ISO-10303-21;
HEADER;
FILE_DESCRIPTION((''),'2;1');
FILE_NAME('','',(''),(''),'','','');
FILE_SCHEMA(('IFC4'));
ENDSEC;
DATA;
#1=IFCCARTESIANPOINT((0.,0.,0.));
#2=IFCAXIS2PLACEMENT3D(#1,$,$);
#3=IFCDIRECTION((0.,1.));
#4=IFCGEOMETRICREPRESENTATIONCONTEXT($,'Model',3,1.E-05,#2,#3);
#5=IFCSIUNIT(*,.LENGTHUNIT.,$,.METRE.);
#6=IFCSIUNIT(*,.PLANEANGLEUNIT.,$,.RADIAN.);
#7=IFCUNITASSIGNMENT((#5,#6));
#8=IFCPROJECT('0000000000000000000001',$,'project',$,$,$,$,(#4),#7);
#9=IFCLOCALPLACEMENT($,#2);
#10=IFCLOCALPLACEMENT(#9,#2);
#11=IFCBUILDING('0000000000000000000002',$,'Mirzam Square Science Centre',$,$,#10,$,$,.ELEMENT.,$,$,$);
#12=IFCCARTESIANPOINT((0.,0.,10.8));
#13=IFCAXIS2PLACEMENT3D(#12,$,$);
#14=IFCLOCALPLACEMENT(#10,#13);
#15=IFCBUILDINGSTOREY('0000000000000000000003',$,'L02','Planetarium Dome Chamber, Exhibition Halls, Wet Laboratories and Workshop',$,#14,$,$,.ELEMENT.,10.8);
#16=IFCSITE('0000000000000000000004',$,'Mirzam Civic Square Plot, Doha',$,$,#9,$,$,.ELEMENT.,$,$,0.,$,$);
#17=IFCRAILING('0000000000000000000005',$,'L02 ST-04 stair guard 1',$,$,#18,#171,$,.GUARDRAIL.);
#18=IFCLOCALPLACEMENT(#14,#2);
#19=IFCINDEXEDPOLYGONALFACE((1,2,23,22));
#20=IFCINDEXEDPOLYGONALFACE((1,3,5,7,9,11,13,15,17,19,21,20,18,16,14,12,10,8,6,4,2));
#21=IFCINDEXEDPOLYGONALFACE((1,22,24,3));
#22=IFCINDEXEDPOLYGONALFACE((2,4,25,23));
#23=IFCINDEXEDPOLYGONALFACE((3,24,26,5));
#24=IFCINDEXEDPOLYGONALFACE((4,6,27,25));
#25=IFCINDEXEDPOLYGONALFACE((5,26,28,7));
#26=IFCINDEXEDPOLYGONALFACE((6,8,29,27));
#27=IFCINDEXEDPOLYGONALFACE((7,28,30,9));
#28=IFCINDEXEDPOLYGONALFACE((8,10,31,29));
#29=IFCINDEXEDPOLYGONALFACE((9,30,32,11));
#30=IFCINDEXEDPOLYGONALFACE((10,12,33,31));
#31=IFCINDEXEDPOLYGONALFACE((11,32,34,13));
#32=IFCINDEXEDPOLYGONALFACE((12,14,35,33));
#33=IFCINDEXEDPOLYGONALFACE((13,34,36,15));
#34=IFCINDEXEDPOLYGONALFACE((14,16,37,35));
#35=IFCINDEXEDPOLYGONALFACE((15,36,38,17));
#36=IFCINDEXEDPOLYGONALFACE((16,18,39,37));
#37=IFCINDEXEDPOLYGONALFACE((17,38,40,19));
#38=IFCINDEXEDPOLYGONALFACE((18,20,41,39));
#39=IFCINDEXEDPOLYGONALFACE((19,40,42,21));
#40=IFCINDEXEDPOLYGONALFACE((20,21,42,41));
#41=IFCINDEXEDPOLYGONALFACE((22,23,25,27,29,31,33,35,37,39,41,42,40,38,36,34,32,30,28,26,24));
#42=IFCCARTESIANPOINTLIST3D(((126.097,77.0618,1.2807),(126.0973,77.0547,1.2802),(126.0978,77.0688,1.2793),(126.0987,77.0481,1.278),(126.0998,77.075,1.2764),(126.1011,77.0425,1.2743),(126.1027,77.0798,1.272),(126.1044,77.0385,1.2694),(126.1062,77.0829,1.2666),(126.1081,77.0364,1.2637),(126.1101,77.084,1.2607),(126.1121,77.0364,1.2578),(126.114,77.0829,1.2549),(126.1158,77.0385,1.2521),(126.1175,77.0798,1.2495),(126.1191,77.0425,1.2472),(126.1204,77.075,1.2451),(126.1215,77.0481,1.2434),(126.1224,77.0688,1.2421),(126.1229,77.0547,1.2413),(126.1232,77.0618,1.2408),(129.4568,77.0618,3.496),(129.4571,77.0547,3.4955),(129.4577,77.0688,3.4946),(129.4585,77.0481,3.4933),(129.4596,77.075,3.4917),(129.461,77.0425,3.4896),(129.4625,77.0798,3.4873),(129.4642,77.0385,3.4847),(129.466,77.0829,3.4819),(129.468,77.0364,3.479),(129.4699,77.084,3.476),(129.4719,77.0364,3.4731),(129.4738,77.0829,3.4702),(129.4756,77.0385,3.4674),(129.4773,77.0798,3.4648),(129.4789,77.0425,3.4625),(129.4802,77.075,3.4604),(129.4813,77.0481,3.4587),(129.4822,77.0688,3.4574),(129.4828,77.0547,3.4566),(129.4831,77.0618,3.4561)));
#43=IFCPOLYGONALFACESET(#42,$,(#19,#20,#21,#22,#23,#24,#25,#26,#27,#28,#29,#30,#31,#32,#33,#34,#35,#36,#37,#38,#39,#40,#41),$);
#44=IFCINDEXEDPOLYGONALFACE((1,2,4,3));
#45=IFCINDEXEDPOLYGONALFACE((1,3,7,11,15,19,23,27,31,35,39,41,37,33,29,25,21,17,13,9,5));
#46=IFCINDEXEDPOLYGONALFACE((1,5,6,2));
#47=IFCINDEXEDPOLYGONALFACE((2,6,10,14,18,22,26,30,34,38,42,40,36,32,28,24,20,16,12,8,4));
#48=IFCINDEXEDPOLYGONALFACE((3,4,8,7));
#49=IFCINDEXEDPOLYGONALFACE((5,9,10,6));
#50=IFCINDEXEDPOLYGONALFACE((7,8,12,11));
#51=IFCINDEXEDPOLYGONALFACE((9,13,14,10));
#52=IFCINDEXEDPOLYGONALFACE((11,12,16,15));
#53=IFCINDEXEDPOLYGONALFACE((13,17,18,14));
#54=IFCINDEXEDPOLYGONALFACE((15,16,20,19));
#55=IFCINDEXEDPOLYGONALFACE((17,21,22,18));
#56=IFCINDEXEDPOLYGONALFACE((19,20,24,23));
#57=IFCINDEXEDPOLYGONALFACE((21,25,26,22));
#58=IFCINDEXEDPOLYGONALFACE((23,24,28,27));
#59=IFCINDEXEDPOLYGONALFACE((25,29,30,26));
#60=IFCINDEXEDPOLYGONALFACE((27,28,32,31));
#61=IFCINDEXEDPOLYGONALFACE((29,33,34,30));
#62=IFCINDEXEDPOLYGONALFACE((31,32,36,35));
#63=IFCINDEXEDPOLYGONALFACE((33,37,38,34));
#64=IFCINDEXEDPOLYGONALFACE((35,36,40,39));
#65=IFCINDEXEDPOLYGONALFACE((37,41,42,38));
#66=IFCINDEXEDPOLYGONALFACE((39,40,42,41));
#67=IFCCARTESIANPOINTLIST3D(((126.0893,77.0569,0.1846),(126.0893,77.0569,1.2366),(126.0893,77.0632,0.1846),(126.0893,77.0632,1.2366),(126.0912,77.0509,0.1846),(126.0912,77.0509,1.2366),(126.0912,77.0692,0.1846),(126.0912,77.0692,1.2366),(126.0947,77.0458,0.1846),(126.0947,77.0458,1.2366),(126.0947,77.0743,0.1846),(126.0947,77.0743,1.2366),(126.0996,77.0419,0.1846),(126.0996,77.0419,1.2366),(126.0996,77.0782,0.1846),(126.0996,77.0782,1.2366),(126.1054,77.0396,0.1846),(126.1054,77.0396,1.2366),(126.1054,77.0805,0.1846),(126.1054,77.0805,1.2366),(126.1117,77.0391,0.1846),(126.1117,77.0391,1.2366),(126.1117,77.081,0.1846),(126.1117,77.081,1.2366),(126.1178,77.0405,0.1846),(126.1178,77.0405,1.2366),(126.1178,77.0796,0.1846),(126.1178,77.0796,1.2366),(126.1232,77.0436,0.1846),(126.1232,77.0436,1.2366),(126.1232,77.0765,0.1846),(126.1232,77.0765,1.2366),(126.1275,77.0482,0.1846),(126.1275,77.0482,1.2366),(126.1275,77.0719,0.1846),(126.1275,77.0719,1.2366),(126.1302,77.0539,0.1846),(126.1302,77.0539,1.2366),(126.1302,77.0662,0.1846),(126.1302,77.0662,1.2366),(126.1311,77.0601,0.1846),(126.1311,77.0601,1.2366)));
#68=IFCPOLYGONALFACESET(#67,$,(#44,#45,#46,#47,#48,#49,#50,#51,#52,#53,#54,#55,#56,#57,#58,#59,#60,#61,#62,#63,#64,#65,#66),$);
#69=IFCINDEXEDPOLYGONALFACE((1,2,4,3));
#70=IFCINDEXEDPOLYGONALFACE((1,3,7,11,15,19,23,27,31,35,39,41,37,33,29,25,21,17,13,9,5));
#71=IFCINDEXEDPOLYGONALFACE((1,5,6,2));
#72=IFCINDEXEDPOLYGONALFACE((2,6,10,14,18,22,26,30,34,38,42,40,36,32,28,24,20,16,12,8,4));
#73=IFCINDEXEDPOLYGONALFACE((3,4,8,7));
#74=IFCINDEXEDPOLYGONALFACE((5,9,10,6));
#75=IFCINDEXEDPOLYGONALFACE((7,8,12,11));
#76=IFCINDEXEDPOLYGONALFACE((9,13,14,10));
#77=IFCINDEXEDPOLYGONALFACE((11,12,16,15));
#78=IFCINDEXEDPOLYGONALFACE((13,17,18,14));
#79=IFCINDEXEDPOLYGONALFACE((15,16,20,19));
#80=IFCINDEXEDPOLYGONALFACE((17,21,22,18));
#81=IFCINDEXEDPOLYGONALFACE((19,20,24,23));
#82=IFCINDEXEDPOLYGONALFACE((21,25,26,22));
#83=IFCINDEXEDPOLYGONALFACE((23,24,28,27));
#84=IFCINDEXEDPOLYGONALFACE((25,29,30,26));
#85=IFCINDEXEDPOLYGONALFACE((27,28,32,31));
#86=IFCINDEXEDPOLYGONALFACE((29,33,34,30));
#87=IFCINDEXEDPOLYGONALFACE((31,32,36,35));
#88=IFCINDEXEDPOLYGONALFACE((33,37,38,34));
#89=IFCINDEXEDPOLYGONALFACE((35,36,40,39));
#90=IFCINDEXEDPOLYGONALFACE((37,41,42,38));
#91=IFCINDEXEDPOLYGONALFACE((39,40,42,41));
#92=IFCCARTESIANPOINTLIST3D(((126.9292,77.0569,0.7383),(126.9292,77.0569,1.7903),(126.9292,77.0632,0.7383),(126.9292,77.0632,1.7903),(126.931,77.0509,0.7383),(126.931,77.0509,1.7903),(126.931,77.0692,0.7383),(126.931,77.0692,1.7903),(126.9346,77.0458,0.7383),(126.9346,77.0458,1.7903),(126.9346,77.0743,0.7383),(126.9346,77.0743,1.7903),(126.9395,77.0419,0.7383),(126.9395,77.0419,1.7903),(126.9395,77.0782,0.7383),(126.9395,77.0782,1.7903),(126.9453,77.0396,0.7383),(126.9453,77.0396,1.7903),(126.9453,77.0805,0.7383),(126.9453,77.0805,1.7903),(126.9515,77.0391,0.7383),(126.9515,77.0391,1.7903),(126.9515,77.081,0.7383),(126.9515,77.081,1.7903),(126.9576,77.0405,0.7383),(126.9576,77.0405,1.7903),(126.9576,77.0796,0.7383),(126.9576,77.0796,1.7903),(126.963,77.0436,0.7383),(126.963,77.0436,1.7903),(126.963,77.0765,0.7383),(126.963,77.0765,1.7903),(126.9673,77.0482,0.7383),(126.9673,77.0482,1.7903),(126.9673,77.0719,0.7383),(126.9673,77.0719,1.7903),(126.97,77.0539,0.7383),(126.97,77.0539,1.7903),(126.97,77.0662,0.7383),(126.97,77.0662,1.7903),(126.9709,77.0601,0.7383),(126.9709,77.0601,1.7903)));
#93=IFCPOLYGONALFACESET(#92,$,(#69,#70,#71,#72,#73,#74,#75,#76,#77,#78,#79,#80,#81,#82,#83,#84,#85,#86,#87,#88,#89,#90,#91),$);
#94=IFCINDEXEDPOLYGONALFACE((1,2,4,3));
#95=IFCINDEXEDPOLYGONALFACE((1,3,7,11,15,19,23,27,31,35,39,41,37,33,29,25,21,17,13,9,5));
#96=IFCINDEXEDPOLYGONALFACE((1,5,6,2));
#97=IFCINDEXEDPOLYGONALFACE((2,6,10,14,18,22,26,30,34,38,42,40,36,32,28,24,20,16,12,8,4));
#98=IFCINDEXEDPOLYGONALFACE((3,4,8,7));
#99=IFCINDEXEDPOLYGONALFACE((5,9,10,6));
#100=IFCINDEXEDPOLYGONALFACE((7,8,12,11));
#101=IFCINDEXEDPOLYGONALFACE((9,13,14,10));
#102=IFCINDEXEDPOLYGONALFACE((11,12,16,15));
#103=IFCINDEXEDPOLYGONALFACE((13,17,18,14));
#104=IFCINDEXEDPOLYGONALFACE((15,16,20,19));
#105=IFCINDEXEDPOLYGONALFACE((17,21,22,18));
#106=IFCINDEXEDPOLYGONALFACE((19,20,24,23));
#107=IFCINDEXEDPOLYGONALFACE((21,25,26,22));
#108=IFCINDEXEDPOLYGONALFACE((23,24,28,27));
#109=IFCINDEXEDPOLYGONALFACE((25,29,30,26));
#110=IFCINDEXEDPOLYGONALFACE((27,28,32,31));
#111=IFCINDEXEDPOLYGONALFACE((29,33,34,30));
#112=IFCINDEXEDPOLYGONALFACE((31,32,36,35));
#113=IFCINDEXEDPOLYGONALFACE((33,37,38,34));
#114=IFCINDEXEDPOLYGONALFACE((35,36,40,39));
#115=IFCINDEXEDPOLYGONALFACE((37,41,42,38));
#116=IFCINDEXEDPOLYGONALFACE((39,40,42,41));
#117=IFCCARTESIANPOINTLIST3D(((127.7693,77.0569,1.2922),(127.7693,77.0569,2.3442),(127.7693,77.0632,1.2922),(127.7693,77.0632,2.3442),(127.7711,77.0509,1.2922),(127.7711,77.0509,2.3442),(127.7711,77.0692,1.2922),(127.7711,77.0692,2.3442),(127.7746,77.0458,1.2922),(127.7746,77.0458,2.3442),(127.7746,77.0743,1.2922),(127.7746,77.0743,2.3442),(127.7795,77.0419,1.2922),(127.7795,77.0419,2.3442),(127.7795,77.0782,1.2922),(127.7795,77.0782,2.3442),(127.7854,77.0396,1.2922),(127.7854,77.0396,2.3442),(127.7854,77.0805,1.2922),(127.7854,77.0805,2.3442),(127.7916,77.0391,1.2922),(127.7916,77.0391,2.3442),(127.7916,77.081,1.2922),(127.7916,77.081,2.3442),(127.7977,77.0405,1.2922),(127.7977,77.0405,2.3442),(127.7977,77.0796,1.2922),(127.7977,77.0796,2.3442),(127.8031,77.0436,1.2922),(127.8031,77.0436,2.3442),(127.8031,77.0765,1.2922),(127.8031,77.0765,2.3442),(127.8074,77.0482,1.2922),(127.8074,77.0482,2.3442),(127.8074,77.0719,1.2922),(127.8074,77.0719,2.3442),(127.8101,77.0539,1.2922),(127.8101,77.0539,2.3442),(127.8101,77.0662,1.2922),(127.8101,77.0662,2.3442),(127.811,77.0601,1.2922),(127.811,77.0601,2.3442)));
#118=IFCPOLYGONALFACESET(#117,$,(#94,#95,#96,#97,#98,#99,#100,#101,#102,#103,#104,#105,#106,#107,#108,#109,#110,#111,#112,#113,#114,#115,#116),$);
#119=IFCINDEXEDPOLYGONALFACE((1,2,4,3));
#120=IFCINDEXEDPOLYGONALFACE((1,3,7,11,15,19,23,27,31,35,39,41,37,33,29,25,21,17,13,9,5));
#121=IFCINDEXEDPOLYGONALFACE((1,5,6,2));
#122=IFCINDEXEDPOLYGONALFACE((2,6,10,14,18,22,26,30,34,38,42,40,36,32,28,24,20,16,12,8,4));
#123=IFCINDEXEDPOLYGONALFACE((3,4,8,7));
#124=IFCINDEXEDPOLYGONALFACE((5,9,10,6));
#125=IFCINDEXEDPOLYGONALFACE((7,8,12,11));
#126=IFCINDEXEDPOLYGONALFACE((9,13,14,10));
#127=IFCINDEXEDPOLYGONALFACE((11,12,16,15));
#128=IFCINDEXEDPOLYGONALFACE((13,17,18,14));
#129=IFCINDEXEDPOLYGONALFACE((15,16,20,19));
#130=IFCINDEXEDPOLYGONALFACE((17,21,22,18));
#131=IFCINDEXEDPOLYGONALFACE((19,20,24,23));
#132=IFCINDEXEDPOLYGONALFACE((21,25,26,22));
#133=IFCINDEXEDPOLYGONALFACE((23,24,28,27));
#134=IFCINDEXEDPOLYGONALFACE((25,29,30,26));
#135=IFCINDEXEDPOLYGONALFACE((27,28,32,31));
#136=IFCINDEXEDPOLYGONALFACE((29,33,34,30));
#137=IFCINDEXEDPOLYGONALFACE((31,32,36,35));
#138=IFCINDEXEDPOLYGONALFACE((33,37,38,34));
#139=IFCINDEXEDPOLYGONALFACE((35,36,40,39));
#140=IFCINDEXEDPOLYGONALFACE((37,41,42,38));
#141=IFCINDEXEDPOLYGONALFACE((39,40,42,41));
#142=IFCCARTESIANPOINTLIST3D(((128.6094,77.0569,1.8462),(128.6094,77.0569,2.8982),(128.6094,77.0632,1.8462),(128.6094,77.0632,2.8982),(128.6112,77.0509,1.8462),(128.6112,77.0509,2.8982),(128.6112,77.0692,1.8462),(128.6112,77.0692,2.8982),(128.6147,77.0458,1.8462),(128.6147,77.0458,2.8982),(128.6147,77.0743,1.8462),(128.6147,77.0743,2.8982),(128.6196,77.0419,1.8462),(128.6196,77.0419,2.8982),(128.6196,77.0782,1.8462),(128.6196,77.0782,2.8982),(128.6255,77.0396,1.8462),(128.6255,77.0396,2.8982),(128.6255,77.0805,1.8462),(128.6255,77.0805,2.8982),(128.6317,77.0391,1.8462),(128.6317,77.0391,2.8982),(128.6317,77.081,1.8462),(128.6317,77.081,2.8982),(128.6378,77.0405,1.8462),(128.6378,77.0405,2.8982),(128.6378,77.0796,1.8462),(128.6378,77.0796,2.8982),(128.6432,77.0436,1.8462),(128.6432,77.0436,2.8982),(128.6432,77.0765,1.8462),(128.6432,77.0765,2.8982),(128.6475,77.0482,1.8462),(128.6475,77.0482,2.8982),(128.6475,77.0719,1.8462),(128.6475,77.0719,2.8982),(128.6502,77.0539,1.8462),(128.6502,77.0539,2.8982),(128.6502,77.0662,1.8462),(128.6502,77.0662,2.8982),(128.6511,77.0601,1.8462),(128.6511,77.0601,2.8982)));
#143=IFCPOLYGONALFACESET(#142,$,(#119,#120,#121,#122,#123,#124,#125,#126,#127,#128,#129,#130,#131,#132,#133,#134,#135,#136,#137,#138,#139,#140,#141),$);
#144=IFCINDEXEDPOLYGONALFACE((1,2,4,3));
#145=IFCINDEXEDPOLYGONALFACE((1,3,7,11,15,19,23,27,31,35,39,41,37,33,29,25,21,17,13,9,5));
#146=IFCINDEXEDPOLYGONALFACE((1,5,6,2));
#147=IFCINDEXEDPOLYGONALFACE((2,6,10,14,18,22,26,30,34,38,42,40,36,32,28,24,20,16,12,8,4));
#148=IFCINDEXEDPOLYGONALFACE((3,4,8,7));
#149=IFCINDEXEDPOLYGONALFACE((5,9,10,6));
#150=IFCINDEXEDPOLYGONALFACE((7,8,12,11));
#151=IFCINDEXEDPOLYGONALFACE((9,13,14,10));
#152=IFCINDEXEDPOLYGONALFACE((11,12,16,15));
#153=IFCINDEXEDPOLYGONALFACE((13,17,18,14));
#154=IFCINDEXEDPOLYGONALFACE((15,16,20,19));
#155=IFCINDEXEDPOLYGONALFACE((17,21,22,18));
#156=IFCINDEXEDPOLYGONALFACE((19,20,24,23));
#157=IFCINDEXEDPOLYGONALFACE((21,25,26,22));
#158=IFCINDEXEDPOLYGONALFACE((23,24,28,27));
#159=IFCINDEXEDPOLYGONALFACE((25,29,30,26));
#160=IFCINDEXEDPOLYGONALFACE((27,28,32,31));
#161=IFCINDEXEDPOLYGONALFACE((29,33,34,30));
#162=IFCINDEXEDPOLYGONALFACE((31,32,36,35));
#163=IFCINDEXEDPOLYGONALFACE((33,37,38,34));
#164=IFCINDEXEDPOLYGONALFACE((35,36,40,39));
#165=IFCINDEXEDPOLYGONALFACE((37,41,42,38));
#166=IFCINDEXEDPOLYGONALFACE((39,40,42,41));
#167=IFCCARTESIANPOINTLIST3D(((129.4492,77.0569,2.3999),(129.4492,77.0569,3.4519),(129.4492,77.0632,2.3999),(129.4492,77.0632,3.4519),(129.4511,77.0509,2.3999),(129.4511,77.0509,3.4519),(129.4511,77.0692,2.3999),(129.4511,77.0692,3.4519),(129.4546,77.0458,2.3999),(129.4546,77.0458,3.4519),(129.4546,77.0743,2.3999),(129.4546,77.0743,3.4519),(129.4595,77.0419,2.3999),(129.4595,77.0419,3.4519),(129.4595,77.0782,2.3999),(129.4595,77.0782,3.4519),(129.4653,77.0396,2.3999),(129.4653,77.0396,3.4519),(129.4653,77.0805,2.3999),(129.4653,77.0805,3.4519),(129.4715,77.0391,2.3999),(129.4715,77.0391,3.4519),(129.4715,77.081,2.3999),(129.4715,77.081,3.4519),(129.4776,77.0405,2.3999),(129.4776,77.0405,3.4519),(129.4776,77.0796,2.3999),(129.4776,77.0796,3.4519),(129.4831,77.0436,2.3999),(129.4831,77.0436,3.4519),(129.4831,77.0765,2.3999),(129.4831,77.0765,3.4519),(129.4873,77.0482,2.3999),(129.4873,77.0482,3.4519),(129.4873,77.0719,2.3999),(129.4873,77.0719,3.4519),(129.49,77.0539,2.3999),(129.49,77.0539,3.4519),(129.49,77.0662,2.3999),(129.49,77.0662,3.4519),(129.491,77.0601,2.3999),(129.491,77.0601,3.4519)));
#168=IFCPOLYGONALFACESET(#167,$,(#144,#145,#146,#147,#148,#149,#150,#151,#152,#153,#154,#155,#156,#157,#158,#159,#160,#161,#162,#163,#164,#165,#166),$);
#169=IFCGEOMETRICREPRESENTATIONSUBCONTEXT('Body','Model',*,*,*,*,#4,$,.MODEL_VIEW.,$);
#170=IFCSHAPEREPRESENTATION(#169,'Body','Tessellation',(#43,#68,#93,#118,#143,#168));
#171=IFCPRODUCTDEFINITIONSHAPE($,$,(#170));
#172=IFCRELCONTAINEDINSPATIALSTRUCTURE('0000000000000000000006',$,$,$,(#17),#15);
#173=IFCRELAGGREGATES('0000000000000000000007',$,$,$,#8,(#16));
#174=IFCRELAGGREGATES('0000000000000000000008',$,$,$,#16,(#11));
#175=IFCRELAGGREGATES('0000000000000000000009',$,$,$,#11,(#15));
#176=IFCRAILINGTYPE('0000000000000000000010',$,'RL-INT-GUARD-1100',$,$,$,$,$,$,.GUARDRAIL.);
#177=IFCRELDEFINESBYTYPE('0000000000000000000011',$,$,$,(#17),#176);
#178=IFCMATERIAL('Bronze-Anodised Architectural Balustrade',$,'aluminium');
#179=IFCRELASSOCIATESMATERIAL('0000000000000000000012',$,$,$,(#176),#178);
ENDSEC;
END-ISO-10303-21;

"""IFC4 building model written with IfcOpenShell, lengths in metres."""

from ifc_helpers import new_model, si_unit, direction, frame, origin, origin_2d, place, context, subcontext, project, spatial, circle, extrude, material, type_object, element, save


model = new_model("IFC4")

# Units and contexts
model_context = context("Model", 3, precision=1e-05, world=origin(), true_north=direction((0.0, 1.0)))
body_context = subcontext(model_context, "Body", "Model", "MODEL_VIEW")
ifc_project = project(units=[si_unit("LENGTHUNIT", "METRE"), si_unit("PLANEANGLEUNIT", "RADIAN")], contexts=[model_context])

# Site, building, storey
site_placement = place(None, origin())
site = spatial("IfcSite", under=ifc_project, at=site_placement, Name="Mirzam Civic Square Plot, Doha", CompositionType="ELEMENT", RefElevation=0.0)
building_placement = place(site_placement, origin())
building = spatial("IfcBuilding", under=site, at=building_placement, Name="Mirzam Square Science Centre", CompositionType="ELEMENT")
storey_placement = place(building_placement, frame((0.0, 0.0, 10.8)))
storey = spatial("IfcBuildingStorey", under=building, at=storey_placement, Name="L02", Description="Planetarium Dome Chamber, Exhibition Halls, Wet Laboratories and Workshop", CompositionType="ELEMENT", Elevation=10.8)

# Railing
ifc_material_1 = material(Name="Bronze-Anodised Architectural Balustrade", Category="aluminium")
railing_type_1 = type_object("IfcRailingType", Name="RL-INT-GUARD-1100", PredefinedType="GUARDRAIL", material=ifc_material_1)
railing_1_placement = place(storey_placement, frame((126.1101, 77.0601, 0.1846)))
element("IfcRailing", 1, at=railing_1_placement, inside=storey, type_object=railing_type_1, Name="L02 ST-04 stair guard 1", PredefinedType="GUARDRAIL", context=body_context, shape_type="SweptSolid", body=[
    extrude(circle(Radius=0.0239, at=origin_2d()), frame((0.0, 0.0, 1.0762), z_axis=(0.834858, 0.0, 0.550465), x_axis=(0.0, 1.0, 0.0)), (0.0, 0.0, 1.0), 4.0244),
    extrude(circle(Radius=0.021, at=origin_2d()), origin(), (0.0, 0.0, 1.0), 1.052),
    extrude(circle(Radius=0.021, at=origin_2d()), frame((0.8398, 0.0, 0.5537)), (0.0, 0.0, 1.0), 1.052),
    extrude(circle(Radius=0.021, at=origin_2d()), frame((1.6799, 0.0, 1.1077)), (0.0, 0.0, 1.0), 1.052),
    extrude(circle(Radius=0.021, at=origin_2d()), frame((2.52, 0.0, 1.6616)), (0.0, 0.0, 1.0), 1.052),
    extrude(circle(Radius=0.021, at=origin_2d()), frame((3.3599, 0.0, 2.2153)), (0.0, 0.0, 1.0), 1.052),
])

save(model, "model.ifc")
